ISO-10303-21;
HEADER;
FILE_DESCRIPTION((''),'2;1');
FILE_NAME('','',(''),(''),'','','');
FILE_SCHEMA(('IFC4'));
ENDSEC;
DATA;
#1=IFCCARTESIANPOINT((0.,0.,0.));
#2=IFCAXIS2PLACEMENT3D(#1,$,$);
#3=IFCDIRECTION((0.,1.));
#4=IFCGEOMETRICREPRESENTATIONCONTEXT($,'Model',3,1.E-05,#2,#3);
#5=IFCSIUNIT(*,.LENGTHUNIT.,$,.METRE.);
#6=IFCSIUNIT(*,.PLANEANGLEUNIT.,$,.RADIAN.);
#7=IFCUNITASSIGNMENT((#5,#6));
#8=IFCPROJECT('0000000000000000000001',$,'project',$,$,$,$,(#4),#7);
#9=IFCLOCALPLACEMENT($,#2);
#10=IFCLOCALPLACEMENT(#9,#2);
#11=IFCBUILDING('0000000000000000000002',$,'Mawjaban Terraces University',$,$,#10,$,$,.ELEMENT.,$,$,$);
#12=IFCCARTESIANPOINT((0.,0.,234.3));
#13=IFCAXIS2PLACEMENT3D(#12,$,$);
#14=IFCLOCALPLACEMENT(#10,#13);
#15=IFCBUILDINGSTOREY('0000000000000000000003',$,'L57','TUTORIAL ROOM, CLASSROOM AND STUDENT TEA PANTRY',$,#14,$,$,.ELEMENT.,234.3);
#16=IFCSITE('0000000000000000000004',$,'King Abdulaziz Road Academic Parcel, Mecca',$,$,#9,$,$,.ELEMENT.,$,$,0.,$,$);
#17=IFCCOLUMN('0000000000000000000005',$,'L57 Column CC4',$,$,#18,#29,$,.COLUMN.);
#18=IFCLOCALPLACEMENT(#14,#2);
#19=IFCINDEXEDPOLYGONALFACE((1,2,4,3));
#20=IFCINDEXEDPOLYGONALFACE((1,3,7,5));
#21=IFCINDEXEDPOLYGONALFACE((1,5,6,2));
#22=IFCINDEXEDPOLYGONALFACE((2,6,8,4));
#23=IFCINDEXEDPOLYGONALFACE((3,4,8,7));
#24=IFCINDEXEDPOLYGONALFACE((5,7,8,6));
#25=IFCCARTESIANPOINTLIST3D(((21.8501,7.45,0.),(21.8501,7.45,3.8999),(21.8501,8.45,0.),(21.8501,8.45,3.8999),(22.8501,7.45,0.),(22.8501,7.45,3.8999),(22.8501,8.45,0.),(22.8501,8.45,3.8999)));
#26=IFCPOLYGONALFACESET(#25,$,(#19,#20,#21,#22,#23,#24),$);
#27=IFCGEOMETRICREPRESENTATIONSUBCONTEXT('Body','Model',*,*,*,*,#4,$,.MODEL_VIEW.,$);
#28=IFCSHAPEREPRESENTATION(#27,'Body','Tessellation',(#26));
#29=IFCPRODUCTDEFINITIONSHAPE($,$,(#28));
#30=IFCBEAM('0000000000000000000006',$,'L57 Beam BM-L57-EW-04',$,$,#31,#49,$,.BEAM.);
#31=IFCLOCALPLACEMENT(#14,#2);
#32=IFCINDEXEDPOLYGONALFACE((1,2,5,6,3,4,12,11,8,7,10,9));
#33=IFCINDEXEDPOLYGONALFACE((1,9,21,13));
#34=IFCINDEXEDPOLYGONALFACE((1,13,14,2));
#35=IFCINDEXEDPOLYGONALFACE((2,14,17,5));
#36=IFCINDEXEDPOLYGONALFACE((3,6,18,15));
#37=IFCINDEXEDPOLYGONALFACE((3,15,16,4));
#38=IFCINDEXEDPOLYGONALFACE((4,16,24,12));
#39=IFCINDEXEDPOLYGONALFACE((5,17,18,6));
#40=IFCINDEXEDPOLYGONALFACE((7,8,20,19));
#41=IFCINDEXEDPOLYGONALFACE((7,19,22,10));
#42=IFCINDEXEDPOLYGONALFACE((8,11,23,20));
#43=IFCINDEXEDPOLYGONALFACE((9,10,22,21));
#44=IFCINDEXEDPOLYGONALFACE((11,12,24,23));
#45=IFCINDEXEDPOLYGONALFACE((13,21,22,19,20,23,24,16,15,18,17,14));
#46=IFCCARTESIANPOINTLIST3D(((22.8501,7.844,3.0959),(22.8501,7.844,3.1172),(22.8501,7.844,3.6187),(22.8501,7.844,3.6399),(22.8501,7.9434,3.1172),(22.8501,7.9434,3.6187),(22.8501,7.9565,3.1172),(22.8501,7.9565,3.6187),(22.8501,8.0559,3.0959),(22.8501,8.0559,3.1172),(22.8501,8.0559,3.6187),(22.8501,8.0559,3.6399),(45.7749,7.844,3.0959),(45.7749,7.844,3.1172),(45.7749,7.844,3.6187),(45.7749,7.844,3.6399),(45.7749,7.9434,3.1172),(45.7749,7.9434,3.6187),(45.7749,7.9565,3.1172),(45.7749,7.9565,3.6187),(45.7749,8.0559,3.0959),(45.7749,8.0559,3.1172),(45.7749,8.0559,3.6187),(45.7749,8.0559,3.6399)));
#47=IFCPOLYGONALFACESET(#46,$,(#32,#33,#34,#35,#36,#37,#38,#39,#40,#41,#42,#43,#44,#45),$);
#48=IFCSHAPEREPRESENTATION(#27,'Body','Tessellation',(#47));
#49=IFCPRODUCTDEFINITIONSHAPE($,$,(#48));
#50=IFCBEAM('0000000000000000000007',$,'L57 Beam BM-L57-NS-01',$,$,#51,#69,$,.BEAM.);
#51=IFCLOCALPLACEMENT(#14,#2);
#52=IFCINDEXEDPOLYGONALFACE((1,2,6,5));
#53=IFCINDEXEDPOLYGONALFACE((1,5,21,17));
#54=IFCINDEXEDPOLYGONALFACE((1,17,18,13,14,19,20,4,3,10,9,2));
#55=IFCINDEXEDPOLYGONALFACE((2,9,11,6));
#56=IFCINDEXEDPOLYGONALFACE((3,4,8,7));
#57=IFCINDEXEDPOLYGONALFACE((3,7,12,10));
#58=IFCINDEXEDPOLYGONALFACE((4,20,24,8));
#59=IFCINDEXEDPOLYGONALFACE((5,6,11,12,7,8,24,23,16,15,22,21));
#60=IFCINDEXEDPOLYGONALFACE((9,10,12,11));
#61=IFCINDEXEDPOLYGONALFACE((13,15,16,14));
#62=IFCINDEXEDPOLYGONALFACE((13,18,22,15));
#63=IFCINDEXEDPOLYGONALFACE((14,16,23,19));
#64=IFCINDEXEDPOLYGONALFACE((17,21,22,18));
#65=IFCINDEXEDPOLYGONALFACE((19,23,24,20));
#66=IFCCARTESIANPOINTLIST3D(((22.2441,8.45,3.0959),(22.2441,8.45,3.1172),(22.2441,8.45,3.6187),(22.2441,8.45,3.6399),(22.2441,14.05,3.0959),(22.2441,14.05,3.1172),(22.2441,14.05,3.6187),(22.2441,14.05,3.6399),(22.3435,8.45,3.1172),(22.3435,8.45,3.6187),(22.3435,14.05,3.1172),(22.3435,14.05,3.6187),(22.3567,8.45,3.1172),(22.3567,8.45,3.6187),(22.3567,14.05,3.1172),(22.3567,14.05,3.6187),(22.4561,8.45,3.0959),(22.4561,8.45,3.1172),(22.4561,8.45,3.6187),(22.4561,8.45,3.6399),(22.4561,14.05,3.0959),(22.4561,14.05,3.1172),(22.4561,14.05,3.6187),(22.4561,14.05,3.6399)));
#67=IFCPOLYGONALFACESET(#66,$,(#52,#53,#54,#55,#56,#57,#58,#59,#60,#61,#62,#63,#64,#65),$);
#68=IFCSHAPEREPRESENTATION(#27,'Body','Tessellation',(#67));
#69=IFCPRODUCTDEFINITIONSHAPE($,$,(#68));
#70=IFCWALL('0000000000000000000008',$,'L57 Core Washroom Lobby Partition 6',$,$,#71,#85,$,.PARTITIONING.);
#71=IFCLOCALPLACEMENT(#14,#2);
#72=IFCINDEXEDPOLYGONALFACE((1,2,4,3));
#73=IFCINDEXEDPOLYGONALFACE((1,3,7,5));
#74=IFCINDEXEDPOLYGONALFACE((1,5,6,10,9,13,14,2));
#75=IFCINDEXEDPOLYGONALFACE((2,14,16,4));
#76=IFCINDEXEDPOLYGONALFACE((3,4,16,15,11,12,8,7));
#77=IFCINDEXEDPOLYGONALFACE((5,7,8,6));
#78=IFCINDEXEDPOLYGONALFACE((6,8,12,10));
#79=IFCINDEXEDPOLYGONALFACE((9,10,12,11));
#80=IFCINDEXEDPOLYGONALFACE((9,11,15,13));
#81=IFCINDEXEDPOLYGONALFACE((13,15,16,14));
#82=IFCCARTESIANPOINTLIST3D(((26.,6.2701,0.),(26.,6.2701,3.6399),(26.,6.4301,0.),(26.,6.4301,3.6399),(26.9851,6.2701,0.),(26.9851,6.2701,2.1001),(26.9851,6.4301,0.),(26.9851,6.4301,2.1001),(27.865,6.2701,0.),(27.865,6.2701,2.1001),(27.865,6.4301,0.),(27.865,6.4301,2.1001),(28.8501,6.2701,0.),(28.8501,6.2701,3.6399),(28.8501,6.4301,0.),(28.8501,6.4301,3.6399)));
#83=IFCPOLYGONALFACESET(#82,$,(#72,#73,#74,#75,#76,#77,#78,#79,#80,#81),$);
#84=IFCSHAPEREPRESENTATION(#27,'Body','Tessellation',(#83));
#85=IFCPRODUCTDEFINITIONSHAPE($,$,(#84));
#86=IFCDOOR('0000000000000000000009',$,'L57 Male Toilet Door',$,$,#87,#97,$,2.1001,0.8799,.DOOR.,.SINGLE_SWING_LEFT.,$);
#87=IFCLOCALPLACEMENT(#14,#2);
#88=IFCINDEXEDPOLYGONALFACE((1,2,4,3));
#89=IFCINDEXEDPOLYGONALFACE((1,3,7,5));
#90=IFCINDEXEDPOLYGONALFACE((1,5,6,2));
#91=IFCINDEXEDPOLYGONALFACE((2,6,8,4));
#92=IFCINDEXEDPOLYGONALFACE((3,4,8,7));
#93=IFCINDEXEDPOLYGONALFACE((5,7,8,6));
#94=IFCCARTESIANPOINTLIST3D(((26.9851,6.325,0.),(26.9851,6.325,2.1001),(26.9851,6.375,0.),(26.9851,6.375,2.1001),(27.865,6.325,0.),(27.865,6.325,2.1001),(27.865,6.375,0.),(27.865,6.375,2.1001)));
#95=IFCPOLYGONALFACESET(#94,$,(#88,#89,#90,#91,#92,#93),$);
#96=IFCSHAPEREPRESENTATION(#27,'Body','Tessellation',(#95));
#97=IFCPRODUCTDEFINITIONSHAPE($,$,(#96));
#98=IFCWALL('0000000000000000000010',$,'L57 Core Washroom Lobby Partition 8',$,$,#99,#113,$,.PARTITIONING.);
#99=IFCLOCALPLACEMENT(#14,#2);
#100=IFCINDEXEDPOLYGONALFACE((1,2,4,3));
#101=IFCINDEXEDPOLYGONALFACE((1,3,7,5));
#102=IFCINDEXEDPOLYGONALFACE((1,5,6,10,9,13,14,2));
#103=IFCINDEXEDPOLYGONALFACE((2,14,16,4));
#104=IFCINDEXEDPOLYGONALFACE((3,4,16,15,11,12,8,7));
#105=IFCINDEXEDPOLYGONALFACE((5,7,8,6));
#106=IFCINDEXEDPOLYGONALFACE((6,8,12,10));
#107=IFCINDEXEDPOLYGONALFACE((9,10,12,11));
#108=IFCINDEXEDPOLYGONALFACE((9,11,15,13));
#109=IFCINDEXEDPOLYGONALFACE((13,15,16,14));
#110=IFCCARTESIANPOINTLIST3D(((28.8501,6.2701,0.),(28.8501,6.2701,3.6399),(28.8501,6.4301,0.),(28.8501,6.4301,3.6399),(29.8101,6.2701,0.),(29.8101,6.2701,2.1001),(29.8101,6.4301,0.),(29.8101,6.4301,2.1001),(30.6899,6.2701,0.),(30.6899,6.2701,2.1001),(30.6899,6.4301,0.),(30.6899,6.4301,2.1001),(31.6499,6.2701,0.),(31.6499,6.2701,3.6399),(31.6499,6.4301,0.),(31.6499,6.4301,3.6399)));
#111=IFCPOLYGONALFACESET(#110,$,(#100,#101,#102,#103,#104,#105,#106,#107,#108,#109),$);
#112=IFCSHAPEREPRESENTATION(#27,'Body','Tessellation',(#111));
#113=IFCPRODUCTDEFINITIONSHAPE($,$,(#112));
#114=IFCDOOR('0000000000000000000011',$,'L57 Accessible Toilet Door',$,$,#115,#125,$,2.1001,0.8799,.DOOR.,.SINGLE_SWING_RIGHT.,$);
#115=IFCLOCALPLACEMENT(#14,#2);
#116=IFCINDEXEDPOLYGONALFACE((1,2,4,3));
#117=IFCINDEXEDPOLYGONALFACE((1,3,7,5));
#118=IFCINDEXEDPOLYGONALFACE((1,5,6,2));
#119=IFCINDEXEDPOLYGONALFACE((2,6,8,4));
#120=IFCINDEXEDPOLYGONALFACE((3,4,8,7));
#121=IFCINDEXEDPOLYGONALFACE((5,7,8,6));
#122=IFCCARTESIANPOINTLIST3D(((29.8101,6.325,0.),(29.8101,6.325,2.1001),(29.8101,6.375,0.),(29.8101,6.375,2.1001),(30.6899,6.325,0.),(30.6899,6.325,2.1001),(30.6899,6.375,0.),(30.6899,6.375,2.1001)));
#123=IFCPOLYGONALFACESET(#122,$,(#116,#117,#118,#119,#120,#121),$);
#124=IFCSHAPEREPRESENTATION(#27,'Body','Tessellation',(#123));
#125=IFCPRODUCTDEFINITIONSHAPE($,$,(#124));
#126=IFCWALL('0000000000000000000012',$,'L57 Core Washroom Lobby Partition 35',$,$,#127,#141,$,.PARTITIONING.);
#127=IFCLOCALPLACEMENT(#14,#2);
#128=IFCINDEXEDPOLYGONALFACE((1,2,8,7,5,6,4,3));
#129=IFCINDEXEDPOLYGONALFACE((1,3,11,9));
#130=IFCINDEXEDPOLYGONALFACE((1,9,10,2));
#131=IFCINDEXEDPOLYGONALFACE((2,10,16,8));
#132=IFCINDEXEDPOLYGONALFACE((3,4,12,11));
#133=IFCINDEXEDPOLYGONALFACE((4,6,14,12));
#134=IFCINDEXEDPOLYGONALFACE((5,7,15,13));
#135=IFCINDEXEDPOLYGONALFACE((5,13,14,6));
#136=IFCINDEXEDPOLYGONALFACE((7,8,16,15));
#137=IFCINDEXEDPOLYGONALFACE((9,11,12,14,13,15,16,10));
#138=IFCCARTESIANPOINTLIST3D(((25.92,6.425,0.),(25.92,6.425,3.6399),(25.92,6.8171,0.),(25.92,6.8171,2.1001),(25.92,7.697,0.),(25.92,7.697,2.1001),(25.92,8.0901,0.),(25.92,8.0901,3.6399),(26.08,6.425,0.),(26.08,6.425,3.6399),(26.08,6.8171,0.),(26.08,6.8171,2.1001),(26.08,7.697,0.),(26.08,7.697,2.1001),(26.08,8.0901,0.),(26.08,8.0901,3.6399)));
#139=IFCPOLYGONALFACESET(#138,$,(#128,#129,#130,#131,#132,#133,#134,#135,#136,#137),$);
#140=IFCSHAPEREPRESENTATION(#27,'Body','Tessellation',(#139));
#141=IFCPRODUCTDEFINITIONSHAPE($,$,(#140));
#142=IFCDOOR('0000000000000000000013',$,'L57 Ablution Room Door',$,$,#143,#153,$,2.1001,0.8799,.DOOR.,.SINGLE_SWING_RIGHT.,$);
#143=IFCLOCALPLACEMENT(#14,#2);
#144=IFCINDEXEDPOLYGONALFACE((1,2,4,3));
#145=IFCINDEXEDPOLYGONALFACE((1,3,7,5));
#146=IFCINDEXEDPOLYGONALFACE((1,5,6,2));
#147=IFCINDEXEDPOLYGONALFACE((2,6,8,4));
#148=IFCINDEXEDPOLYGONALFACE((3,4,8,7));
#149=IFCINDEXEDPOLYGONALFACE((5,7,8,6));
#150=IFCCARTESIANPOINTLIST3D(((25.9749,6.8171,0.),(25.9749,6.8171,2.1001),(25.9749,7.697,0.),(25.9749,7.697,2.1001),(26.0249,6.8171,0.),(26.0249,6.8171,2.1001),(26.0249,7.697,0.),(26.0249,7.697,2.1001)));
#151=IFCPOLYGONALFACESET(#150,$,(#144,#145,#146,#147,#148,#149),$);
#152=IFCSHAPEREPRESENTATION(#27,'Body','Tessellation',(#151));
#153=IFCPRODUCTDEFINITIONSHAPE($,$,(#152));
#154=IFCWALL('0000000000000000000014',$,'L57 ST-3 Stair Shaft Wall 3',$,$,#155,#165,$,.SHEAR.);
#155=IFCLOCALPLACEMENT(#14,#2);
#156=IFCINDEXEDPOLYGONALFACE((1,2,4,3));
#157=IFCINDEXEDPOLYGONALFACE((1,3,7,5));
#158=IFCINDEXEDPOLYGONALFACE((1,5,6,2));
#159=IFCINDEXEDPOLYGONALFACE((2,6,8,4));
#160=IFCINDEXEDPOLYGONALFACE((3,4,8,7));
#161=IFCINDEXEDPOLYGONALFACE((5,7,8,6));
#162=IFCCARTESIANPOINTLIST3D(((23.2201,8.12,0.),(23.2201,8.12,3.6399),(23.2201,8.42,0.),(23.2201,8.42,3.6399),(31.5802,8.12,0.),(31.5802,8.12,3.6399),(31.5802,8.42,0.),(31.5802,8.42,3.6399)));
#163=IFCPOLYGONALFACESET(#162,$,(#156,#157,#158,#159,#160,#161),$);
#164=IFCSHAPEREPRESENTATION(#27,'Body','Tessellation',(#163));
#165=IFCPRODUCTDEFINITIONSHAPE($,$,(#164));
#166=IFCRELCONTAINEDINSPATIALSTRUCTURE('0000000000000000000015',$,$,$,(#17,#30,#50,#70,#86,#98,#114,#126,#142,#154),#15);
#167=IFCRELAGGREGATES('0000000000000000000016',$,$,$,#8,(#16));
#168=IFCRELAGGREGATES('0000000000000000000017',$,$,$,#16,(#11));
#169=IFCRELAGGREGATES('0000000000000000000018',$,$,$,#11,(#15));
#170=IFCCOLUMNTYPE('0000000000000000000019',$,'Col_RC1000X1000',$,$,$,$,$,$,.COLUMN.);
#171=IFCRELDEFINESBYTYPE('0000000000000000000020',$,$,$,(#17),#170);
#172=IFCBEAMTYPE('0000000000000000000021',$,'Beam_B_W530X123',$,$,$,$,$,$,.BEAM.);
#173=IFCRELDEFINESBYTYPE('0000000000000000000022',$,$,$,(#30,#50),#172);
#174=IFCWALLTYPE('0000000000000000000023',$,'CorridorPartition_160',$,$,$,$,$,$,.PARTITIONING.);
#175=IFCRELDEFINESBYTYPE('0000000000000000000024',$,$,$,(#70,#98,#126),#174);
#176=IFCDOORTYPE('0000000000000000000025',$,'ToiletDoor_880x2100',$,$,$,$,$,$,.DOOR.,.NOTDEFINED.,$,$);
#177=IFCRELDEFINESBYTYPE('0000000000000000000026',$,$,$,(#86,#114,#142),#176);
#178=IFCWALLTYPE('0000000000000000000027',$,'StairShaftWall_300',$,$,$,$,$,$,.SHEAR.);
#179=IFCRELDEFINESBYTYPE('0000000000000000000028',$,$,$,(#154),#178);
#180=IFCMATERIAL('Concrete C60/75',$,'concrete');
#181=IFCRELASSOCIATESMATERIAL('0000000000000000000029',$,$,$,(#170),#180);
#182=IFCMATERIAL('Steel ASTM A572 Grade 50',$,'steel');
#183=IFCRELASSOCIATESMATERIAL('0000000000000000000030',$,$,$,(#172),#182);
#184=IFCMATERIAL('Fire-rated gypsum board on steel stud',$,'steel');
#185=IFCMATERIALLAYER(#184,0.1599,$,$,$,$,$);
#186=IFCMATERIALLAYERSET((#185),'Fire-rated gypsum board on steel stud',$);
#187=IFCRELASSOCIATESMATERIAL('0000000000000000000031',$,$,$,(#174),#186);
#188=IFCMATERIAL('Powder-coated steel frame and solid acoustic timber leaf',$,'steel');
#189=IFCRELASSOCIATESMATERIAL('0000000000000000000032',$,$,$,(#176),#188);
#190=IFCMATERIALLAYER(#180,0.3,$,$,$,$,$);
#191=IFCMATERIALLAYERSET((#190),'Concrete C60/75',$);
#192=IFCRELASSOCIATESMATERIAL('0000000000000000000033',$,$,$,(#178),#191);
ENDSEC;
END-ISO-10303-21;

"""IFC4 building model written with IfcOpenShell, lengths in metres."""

from ifc_helpers import new_model, si_unit, direction, frame, frame_2d, origin, origin_2d, place, context, subcontext, project, spatial, rectangle, i_section, extrude, material, layer, layer_set, material_profile, profile_set, type_object, element, fill, save


model = new_model("IFC4")

# Units and contexts
model_context = context("Model", 3, precision=1e-05, world=origin(), true_north=direction((0.0, 1.0)))
body_context = subcontext(model_context, "Body", "Model", "MODEL_VIEW")
ifc_project = project(units=[si_unit("LENGTHUNIT", "METRE"), si_unit("PLANEANGLEUNIT", "RADIAN")], contexts=[model_context])

# Site, building, storey
site_placement = place(None, origin())
site = spatial("IfcSite", under=ifc_project, at=site_placement, Name="King Abdulaziz Road Academic Parcel, Mecca", CompositionType="ELEMENT", RefElevation=0.0)
building_placement = place(site_placement, origin())
building = spatial("IfcBuilding", under=site, at=building_placement, Name="Mawjaban Terraces University", CompositionType="ELEMENT")
storey_placement = place(building_placement, frame((0.0, 0.0, 234.3)))
storey = spatial("IfcBuildingStorey", under=building, at=storey_placement, Name="L57", Description="TUTORIAL ROOM, CLASSROOM AND STUDENT TEA PANTRY", CompositionType="ELEMENT", Elevation=234.3)

# Column
ifc_material_1 = material(Name="Concrete C60/75", Category="concrete")
ifc_material_profile_1 = material_profile(ifc_material_1, rectangle(XDim=1.0, YDim=1.0, at=origin_2d()), Name="RC1000X1000")
ifc_profile_set_1 = profile_set([ifc_material_profile_1], Name="Concrete C60/75")
column_type = type_object("IfcColumnType", Name="Col_RC1000X1000", PredefinedType="COLUMN", material=ifc_profile_set_1)
column_placement = place(storey_placement, frame((22.3501, 7.95, 0.0), z_axis=(0.0, 0.0, 1.0), x_axis=(1.0, 0.0, 0.0)))
element("IfcColumn", 1, at=column_placement, inside=storey, type_object=column_type, Name="L57 Column CC4", PredefinedType="COLUMN", context=body_context, shape_type="SweptSolid", body=[
    extrude(rectangle(XDim=1.0, YDim=1.0, at=origin_2d()), origin(), (0.0, 0.0, 1.0), 3.8999),
])

# Beams
ifc_material_2 = material(Name="Steel ASTM A572 Grade 50", Category="steel")
ifc_material_profile_2 = material_profile(ifc_material_2, i_section(OverallWidth=0.2119, OverallDepth=0.5439, WebThickness=0.0132, FlangeThickness=0.0212, at=origin_2d()), Name="W530X123")
ifc_profile_set_2 = profile_set([ifc_material_profile_2], Name="Steel ASTM A572 Grade 50")
beam_type = type_object("IfcBeamType", Name="Beam_B_W530X123", PredefinedType="BEAM", material=ifc_profile_set_2)
beam_1_placement = place(storey_placement, frame((22.8501, 7.95, 3.3679), z_axis=(1.0, 0.0, 0.0), x_axis=(0.0, 1.0, 0.0)))
element("IfcBeam", 2, at=beam_1_placement, inside=storey, type_object=beam_type, Name="L57 Beam BM-L57-EW-04", PredefinedType="BEAM", context=body_context, shape_type="SweptSolid", body=[
    extrude(i_section(OverallWidth=0.2119, OverallDepth=0.5439, WebThickness=0.0132, FlangeThickness=0.0212, at=origin_2d()), origin(), (0.0, 0.0, 1.0), 22.9248),
])
beam_2_placement = place(storey_placement, frame((22.3501, 8.45, 3.3679), z_axis=(0.0, 1.0, 0.0), x_axis=(-1.0, 0.0, 0.0)))
element("IfcBeam", 3, at=beam_2_placement, inside=storey, type_object=beam_type, Name="L57 Beam BM-L57-NS-01", PredefinedType="BEAM", context=body_context, shape_type="SweptSolid", body=[
    extrude(i_section(OverallWidth=0.2119, OverallDepth=0.5439, WebThickness=0.0132, FlangeThickness=0.0212, at=origin_2d()), origin(), (0.0, 0.0, 1.0), 5.6001),
])

# Walls, openings, doors
ifc_material_3 = material(Name="Fire-rated gypsum board on steel stud", Category="steel")
ifc_layer_1 = layer(ifc_material_3, 0.1599)
ifc_layer_set_1 = layer_set([ifc_layer_1], Name="Fire-rated gypsum board on steel stud")
wall_type_1 = type_object("IfcWallType", Name="CorridorPartition_160", PredefinedType="PARTITIONING", material=ifc_layer_set_1)
wall_1_placement = place(storey_placement, frame((26.0, 6.3501, 0.0), z_axis=(0.0, 0.0, 1.0), x_axis=(1.0, 0.0, 0.0)))
wall_1 = element("IfcWall", 4, at=wall_1_placement, inside=storey, type_object=wall_type_1, Name="L57 Core Washroom Lobby Partition 6", PredefinedType="PARTITIONING", context=body_context, shape_type="SweptSolid", body=[
    extrude(rectangle(XDim=2.8501, YDim=0.1599, at=frame_2d((1.425, 0.0))), origin(), (0.0, 0.0, 1.0), 3.6399),
])
opening_1_placement = place(wall_1_placement, frame((0.9851, 0.0, 0.0)))
opening_1 = element("IfcOpeningElement", 5, at=opening_1_placement, cuts=wall_1, PredefinedType="OPENING", context=body_context, shape_type="SweptSolid", body=[
    extrude(rectangle(XDim=0.8799, YDim=2.1001, at=frame_2d((0.4399, 1.05))), frame((0.0, 0.0898, 0.0), z_axis=(0.0, -1.0, 0.0), x_axis=(1.0, 0.0, 0.0)), (0.0, 0.0, 1.0), 0.1799),
])
ifc_material_4 = material(Name="Powder-coated steel frame and solid acoustic timber leaf", Category="steel")
door_type_1 = type_object("IfcDoorType", Name="ToiletDoor_880x2100", OperationType="NOTDEFINED", PredefinedType="DOOR", material=ifc_material_4)
door_1_placement = place(opening_1_placement, origin())
door_1 = element("IfcDoor", 6, at=door_1_placement, inside=storey, type_object=door_type_1, Name="L57 Male Toilet Door", OperationType="SINGLE_SWING_LEFT", OverallHeight=2.1001, OverallWidth=0.8799, PredefinedType="DOOR", context=body_context, shape_type="SweptSolid", body=[
    extrude(rectangle(XDim=0.8799, YDim=2.1001, at=frame_2d((0.4399, 1.05))), frame((0.0, 0.0249, 0.0), z_axis=(0.0, -1.0, 0.0), x_axis=(1.0, 0.0, 0.0)), (0.0, 0.0, 1.0), 0.05),
])
fill(opening_1, door_1)
wall_2_placement = place(storey_placement, frame((28.8501, 6.3501, 0.0), z_axis=(0.0, 0.0, 1.0), x_axis=(1.0, 0.0, 0.0)))
wall_2 = element("IfcWall", 7, at=wall_2_placement, inside=storey, type_object=wall_type_1, Name="L57 Core Washroom Lobby Partition 8", PredefinedType="PARTITIONING", context=body_context, shape_type="SweptSolid", body=[
    extrude(rectangle(XDim=2.7998, YDim=0.1599, at=frame_2d((1.3999, 0.0))), origin(), (0.0, 0.0, 1.0), 3.6399),
])
opening_2_placement = place(wall_2_placement, frame((0.96, 0.0, 0.0)))
opening_2 = element("IfcOpeningElement", 8, at=opening_2_placement, cuts=wall_2, PredefinedType="OPENING", context=body_context, shape_type="SweptSolid", body=[
    extrude(rectangle(XDim=0.8799, YDim=2.1001, at=frame_2d((0.4399, 1.05))), frame((0.0, 0.0898, 0.0), z_axis=(0.0, -1.0, 0.0), x_axis=(1.0, 0.0, 0.0)), (0.0, 0.0, 1.0), 0.1799),
])
door_2_placement = place(opening_2_placement, origin())
door_2 = element("IfcDoor", 9, at=door_2_placement, inside=storey, type_object=door_type_1, Name="L57 Accessible Toilet Door", OperationType="SINGLE_SWING_RIGHT", OverallHeight=2.1001, OverallWidth=0.8799, PredefinedType="DOOR", context=body_context, shape_type="SweptSolid", body=[
    extrude(rectangle(XDim=0.8799, YDim=2.1001, at=frame_2d((0.4399, 1.05))), frame((0.0, 0.0249, 0.0), z_axis=(0.0, -1.0, 0.0), x_axis=(1.0, 0.0, 0.0)), (0.0, 0.0, 1.0), 0.05),
])
fill(opening_2, door_2)
wall_3_placement = place(storey_placement, frame((26.0, 8.0901, 0.0), z_axis=(0.0, 0.0, 1.0), x_axis=(0.0, -1.0, 0.0)))
wall_3 = element("IfcWall", 10, at=wall_3_placement, inside=storey, type_object=wall_type_1, Name="L57 Core Washroom Lobby Partition 35", PredefinedType="PARTITIONING", context=body_context, shape_type="SweptSolid", body=[
    extrude(rectangle(XDim=1.665, YDim=0.1599, at=frame_2d((0.8325, 0.0))), origin(), (0.0, 0.0, 1.0), 3.6399),
])
opening_3_placement = place(wall_3_placement, frame((0.3931, 0.0, 0.0)))
opening_3 = element("IfcOpeningElement", 11, at=opening_3_placement, cuts=wall_3, PredefinedType="OPENING", context=body_context, shape_type="SweptSolid", body=[
    extrude(rectangle(XDim=0.8799, YDim=2.1001, at=frame_2d((0.4399, 1.05))), frame((0.0, 0.0898, 0.0), z_axis=(0.0, -1.0, 0.0), x_axis=(1.0, 0.0, 0.0)), (0.0, 0.0, 1.0), 0.1799),
])
door_3_placement = place(opening_3_placement, origin())
door_3 = element("IfcDoor", 12, at=door_3_placement, inside=storey, type_object=door_type_1, Name="L57 Ablution Room Door", OperationType="SINGLE_SWING_RIGHT", OverallHeight=2.1001, OverallWidth=0.8799, PredefinedType="DOOR", context=body_context, shape_type="SweptSolid", body=[
    extrude(rectangle(XDim=0.8799, YDim=2.1001, at=frame_2d((0.4399, 1.05))), frame((0.0, 0.0249, 0.0), z_axis=(0.0, -1.0, 0.0), x_axis=(1.0, 0.0, 0.0)), (0.0, 0.0, 1.0), 0.05),
])
fill(opening_3, door_3)

# Wall
ifc_layer_2 = layer(ifc_material_1, 0.3)
ifc_layer_set_2 = layer_set([ifc_layer_2], Name="Concrete C60/75")
wall_type_2 = type_object("IfcWallType", Name="StairShaftWall_300", PredefinedType="SHEAR", material=ifc_layer_set_2)
wall_4_placement = place(storey_placement, frame((23.22, 8.27, 0.0), z_axis=(0.0, 0.0, 1.0), x_axis=(1.0, 0.0, 0.0)))
element("IfcWall", 13, at=wall_4_placement, inside=storey, type_object=wall_type_2, Name="L57 ST-3 Stair Shaft Wall 3", PredefinedType="SHEAR", context=body_context, shape_type="SweptSolid", body=[
    extrude(rectangle(XDim=8.3601, YDim=0.3, at=frame_2d((4.1802, 0.0))), origin(), (0.0, 0.0, 1.0), 3.6399),
])

save(model, "model.ifc")
